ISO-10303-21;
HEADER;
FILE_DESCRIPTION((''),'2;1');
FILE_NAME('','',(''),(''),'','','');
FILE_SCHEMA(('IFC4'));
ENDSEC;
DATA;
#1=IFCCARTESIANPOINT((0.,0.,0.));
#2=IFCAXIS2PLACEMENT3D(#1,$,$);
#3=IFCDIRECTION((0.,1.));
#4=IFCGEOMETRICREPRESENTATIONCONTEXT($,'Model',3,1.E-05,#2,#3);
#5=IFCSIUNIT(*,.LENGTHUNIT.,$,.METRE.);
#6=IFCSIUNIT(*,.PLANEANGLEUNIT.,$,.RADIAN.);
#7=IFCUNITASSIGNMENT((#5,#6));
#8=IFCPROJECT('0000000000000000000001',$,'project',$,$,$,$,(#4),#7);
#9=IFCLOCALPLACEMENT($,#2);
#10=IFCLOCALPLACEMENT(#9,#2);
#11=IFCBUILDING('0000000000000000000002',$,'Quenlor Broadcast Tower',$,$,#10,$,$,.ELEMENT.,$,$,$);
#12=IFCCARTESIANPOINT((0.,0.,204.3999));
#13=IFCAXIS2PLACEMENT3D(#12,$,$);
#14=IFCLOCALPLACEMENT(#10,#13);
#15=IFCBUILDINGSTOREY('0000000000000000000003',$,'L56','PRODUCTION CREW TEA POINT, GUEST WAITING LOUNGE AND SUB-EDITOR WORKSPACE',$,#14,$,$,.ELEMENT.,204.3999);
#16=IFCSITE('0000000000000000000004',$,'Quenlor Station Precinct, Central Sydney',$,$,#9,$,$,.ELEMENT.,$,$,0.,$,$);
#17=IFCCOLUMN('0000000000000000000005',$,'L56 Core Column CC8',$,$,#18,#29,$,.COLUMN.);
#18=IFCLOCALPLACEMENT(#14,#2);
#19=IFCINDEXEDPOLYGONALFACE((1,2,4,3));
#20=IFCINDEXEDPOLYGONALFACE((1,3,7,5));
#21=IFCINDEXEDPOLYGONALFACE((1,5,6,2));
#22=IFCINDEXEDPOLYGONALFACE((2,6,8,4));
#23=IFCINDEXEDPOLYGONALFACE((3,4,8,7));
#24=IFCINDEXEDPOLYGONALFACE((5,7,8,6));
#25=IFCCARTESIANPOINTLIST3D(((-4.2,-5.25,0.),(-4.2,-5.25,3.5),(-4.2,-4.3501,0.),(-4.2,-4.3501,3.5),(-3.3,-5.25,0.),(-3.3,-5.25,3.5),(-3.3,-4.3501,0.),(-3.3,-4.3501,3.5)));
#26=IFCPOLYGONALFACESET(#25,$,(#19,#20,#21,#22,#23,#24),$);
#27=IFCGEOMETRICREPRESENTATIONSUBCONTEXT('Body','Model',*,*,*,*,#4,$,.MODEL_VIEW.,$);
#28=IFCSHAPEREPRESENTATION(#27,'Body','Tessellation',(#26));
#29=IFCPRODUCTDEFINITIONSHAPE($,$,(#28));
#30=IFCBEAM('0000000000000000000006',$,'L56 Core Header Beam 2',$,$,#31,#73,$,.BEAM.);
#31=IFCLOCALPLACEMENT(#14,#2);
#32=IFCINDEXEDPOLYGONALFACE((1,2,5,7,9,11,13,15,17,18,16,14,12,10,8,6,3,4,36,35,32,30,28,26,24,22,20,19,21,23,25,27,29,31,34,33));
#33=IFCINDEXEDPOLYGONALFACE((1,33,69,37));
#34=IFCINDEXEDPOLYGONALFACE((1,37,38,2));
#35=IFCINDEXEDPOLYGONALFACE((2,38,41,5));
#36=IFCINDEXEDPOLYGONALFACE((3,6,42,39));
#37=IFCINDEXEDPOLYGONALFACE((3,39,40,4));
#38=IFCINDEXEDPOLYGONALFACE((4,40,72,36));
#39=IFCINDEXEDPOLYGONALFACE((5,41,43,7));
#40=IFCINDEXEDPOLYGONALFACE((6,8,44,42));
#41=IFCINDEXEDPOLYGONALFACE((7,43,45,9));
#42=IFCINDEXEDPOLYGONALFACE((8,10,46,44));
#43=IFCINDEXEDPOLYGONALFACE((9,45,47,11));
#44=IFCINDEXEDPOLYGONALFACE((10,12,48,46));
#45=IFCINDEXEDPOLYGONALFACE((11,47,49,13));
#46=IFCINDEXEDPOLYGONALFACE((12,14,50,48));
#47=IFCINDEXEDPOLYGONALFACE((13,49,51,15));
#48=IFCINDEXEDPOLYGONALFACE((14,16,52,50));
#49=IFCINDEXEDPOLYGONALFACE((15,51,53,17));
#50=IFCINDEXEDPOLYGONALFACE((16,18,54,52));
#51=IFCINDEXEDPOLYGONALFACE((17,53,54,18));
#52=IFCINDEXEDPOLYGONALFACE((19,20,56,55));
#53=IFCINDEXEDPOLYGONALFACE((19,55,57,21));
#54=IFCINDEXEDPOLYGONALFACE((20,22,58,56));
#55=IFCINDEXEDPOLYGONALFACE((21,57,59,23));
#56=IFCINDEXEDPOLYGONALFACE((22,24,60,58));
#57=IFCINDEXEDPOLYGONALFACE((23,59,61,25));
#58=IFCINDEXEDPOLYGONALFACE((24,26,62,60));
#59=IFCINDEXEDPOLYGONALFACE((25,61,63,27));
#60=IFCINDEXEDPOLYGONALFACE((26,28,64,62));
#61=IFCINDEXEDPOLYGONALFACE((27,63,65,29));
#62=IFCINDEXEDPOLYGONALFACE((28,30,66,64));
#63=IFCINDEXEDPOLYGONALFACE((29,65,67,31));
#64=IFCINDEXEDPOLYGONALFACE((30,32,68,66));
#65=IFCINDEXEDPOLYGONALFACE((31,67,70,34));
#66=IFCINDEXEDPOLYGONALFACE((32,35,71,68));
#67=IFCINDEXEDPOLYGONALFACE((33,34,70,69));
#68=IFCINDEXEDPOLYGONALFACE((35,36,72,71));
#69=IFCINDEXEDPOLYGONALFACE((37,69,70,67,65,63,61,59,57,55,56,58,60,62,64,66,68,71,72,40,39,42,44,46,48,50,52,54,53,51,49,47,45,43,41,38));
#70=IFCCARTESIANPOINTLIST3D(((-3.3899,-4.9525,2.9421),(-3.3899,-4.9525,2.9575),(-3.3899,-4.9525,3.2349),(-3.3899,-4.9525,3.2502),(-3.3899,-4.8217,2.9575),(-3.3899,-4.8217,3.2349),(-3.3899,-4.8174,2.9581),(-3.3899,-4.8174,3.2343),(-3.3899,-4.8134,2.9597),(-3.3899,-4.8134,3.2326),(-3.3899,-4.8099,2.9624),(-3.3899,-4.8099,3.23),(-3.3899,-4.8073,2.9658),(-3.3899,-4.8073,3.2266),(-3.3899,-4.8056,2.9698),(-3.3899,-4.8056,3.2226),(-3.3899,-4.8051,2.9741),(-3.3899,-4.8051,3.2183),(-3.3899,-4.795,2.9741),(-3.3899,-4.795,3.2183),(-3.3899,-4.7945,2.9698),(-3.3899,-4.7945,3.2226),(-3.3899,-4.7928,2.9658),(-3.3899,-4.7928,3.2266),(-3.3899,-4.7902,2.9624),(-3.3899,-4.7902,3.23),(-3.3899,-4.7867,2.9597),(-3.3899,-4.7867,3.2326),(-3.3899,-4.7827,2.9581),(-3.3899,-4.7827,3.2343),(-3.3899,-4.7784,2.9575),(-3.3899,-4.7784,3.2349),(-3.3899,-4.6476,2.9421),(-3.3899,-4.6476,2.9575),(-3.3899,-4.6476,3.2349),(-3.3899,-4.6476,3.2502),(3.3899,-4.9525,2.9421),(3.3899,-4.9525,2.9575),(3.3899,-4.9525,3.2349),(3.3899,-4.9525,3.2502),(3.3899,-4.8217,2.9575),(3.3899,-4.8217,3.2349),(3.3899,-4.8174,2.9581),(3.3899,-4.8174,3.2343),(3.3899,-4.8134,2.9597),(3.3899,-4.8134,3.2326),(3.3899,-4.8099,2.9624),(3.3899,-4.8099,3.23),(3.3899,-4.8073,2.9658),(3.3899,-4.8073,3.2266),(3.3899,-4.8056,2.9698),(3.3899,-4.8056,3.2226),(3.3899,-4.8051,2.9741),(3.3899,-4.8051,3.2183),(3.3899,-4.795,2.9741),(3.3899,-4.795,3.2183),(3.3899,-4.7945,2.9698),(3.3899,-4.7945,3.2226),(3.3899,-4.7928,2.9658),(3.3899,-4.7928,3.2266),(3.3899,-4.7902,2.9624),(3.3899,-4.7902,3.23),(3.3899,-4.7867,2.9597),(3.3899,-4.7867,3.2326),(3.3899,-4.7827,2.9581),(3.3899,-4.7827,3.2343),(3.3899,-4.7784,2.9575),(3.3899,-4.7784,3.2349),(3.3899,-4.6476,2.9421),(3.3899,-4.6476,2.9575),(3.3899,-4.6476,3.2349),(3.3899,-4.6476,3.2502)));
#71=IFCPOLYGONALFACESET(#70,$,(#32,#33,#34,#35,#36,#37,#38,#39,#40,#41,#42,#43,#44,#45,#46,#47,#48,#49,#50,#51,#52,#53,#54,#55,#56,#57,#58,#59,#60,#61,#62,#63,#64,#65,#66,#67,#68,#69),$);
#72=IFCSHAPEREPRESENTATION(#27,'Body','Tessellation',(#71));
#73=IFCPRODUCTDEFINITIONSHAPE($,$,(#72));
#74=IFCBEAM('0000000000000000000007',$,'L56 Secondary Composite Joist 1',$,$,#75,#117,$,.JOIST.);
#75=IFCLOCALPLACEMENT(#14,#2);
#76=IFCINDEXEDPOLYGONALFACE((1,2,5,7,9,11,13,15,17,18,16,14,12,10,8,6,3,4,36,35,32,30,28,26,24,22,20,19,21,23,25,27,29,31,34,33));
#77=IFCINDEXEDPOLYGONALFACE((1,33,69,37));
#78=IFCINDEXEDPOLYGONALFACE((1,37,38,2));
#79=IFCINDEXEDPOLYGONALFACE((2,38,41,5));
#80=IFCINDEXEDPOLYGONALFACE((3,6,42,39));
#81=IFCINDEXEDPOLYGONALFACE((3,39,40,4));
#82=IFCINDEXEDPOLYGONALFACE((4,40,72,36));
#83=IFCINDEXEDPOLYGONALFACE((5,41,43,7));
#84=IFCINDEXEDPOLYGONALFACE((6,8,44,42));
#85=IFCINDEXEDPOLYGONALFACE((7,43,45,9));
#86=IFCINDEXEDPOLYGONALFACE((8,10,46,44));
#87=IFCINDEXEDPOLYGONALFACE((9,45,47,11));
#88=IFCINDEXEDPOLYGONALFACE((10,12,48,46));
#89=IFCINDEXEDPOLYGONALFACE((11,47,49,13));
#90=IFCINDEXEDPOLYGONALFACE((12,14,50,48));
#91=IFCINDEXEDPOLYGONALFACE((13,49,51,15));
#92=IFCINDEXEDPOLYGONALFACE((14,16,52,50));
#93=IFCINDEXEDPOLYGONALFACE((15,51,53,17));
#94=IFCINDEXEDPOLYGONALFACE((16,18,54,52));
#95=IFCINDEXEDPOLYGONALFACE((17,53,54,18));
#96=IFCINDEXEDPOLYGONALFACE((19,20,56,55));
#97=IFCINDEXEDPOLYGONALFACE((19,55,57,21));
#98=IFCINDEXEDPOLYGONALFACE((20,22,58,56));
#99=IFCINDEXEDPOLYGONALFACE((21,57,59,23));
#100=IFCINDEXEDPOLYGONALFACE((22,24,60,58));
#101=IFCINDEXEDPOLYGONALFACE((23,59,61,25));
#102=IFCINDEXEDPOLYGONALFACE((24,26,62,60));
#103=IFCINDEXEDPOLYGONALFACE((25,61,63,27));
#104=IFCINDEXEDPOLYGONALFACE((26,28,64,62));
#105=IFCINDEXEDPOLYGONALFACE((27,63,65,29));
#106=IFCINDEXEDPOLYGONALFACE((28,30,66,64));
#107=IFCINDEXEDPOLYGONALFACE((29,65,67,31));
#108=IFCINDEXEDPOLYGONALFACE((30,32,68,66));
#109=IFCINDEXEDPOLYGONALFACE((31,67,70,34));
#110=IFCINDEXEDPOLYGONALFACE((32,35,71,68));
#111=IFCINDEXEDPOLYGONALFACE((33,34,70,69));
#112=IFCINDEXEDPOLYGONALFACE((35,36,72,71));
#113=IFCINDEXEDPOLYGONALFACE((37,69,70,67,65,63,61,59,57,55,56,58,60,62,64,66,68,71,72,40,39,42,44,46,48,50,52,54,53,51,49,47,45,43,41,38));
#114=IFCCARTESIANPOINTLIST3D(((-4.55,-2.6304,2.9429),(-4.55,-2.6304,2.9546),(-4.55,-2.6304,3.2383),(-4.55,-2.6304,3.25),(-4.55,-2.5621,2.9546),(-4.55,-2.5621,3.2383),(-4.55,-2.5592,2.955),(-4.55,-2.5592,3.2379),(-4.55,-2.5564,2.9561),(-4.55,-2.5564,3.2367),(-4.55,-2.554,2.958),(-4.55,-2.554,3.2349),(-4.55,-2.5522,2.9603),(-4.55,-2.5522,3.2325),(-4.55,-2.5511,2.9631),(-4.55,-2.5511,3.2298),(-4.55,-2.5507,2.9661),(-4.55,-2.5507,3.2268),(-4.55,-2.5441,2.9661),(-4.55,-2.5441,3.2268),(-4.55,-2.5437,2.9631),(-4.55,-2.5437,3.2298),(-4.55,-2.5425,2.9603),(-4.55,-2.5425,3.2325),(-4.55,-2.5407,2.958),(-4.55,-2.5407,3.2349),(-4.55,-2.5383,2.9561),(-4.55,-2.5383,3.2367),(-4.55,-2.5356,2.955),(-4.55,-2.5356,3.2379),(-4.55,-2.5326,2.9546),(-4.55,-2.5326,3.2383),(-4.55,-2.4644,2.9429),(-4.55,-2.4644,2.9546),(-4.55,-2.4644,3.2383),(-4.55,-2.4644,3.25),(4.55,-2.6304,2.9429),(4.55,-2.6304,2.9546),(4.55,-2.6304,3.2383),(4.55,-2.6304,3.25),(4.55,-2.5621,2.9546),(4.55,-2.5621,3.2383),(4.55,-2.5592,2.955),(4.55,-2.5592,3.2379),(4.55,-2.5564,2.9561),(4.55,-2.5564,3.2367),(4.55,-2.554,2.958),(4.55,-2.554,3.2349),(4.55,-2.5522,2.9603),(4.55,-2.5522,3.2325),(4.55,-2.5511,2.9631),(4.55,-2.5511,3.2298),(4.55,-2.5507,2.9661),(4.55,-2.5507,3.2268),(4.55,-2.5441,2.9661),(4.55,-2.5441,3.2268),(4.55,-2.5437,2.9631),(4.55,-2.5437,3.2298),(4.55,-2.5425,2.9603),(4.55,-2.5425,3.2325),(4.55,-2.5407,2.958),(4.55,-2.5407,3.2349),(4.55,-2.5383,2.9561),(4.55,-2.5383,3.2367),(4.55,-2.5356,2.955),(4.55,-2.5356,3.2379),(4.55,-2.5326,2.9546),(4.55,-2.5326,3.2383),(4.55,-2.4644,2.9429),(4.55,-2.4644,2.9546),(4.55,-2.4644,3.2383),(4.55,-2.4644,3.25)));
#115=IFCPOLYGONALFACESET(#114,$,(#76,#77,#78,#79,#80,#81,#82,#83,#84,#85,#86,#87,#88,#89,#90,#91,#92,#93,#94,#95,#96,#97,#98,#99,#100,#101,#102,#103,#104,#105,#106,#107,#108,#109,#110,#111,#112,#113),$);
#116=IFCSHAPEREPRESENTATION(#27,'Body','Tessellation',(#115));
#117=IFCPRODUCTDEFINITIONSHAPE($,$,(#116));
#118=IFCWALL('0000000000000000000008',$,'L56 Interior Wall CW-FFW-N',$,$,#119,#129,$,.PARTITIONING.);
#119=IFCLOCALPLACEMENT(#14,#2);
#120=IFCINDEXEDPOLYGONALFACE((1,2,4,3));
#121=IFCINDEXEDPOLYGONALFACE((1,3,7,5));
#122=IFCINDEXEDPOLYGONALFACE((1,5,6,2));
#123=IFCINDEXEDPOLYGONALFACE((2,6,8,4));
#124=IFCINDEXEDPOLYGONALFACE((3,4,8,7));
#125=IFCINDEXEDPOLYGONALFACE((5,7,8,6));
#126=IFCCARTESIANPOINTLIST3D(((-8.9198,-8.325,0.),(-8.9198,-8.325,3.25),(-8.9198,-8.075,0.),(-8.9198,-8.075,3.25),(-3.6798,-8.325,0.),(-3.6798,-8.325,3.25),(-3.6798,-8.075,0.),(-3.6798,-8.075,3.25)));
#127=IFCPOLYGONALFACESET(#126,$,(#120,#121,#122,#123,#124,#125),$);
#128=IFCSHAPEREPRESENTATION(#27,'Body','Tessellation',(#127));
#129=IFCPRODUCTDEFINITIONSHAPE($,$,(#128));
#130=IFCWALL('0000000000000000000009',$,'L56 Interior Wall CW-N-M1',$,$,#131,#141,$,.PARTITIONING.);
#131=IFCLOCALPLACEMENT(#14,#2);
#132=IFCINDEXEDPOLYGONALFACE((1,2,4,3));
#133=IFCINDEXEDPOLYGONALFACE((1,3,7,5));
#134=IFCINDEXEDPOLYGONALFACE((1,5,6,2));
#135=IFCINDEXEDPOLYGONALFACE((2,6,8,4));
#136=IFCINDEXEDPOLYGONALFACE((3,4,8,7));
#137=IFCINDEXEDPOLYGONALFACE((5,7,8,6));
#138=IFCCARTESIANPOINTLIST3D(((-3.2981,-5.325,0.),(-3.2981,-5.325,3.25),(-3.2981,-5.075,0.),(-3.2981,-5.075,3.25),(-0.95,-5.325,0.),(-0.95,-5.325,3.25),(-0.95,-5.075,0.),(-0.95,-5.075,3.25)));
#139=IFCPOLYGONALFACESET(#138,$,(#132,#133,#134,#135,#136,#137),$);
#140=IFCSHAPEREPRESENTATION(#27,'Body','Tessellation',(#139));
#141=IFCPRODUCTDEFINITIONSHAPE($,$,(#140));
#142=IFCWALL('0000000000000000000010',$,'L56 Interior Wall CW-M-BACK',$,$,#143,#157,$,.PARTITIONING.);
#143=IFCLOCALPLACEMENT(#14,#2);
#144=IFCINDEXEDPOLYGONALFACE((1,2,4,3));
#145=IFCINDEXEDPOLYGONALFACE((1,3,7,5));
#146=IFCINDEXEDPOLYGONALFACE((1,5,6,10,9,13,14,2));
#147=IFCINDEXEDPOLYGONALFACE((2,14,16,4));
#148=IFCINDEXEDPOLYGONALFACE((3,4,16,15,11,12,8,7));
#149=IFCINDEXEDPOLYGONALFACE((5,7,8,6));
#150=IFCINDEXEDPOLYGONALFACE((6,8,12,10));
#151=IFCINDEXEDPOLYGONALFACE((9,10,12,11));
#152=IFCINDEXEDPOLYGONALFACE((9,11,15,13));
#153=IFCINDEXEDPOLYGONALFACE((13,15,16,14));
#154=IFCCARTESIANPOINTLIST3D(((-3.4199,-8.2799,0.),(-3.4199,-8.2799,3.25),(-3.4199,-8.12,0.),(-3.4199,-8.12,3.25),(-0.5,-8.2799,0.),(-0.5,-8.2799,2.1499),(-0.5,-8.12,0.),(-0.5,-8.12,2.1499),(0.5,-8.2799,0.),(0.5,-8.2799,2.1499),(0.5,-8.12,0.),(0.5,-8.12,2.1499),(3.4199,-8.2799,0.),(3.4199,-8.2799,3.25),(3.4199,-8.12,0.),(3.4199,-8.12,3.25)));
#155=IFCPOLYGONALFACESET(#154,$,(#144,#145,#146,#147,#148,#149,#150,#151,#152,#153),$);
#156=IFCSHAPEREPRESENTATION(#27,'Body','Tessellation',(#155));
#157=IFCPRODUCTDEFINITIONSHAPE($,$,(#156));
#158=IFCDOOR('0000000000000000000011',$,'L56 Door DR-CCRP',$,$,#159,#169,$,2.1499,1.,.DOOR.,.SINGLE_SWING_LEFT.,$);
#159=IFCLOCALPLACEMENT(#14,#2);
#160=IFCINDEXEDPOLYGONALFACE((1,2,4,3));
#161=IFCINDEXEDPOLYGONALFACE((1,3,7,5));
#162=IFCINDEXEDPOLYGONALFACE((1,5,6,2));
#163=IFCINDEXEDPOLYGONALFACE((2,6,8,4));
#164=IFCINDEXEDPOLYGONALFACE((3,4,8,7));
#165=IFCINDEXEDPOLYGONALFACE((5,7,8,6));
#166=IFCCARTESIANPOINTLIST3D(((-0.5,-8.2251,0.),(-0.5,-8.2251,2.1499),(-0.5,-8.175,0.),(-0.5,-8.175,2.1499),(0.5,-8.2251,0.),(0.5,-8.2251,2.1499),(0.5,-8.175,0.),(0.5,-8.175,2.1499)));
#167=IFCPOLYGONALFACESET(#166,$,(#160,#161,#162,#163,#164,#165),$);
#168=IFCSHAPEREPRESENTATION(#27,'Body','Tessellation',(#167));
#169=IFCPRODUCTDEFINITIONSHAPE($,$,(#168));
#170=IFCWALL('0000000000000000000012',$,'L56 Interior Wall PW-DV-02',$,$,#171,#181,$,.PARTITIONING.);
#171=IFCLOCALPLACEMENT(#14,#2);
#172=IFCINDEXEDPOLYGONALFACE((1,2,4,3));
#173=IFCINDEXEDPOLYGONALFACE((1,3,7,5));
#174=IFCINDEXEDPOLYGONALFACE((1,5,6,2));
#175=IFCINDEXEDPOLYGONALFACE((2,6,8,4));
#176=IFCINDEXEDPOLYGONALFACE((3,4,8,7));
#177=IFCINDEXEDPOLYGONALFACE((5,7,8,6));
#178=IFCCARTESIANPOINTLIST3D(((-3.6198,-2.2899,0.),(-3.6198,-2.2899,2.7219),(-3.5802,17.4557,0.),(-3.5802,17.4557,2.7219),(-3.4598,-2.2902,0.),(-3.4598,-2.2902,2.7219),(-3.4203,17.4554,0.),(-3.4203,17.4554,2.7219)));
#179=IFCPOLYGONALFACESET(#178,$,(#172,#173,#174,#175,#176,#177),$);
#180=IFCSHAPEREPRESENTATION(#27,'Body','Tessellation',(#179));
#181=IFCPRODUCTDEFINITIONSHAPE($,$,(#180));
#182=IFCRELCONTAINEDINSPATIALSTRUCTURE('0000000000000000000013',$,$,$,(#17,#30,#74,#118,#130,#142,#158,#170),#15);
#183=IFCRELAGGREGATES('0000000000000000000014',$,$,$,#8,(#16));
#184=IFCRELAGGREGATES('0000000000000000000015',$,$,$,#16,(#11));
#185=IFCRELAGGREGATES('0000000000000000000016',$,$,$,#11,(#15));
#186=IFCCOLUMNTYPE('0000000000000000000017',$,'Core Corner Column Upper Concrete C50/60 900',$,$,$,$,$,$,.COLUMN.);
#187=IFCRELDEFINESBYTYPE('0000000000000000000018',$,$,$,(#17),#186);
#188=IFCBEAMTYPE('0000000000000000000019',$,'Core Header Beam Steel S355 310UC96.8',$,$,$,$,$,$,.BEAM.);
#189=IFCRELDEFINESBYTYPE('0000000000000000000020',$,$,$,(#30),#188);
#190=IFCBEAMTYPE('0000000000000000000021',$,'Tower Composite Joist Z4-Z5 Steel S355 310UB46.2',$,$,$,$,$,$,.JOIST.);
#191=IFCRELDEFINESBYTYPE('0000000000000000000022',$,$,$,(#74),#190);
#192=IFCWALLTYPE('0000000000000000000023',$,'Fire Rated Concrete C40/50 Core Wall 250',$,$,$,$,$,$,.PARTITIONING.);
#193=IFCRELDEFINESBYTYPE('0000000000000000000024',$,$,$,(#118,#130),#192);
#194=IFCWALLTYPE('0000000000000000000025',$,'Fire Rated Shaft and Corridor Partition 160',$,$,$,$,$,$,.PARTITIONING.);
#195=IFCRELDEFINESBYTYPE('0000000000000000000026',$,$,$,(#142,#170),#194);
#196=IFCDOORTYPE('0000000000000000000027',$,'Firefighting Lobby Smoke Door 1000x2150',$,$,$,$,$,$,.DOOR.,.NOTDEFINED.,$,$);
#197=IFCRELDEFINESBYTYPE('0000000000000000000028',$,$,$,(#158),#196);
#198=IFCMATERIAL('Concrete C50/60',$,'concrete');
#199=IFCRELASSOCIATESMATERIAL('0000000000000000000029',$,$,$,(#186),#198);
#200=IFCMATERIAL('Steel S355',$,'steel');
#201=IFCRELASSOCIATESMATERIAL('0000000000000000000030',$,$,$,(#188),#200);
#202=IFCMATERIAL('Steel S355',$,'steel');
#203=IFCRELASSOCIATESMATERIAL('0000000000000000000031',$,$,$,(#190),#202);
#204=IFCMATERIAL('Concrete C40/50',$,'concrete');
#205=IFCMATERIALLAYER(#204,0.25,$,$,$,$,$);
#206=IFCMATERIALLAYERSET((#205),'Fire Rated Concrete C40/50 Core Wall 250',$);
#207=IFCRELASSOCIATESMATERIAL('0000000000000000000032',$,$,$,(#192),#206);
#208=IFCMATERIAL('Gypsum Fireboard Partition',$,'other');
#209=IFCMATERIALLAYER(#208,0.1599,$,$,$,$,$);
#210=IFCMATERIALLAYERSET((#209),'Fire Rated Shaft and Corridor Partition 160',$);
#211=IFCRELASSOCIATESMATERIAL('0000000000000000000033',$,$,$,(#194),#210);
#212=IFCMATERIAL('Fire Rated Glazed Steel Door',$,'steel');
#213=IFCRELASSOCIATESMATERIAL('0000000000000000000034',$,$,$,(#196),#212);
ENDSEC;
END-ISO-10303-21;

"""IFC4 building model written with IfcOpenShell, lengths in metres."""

from ifc_helpers import new_model, si_unit, direction, frame, frame_2d, origin, origin_2d, place, context, subcontext, project, spatial, rectangle, i_section, extrude, material, layer, layer_set, material_profile, profile_set, type_object, element, fill, save


model = new_model("IFC4")

# Units and contexts
model_context = context("Model", 3, precision=1e-05, world=origin(), true_north=direction((0.0, 1.0)))
body_context = subcontext(model_context, "Body", "Model", "MODEL_VIEW")
ifc_project = project(units=[si_unit("LENGTHUNIT", "METRE"), si_unit("PLANEANGLEUNIT", "RADIAN")], contexts=[model_context])

# Site, building, storey
site_placement = place(None, origin())
site = spatial("IfcSite", under=ifc_project, at=site_placement, Name="Quenlor Station Precinct, Central Sydney", CompositionType="ELEMENT", RefElevation=0.0)
building_placement = place(site_placement, origin())
building = spatial("IfcBuilding", under=site, at=building_placement, Name="Quenlor Broadcast Tower", CompositionType="ELEMENT")
storey_placement = place(building_placement, frame((0.0, 0.0, 204.3999)))
storey = spatial("IfcBuildingStorey", under=building, at=storey_placement, Name="L56", Description="PRODUCTION CREW TEA POINT, GUEST WAITING LOUNGE AND SUB-EDITOR WORKSPACE", CompositionType="ELEMENT", Elevation=204.3999)

# Column
ifc_material_1 = material(Name="Concrete C50/60", Category="concrete")
ifc_material_profile_1 = material_profile(ifc_material_1, rectangle(XDim=0.8999, YDim=0.8999, at=origin_2d()))
ifc_profile_set_1 = profile_set([ifc_material_profile_1], Name="Concrete C50/60 RC900x900")
column_type = type_object("IfcColumnType", Name="Core Corner Column Upper Concrete C50/60 900", PredefinedType="COLUMN", material=ifc_profile_set_1)
column_placement = place(storey_placement, frame((-3.75, -4.8, 0.0), z_axis=(0.0, 0.0, 1.0), x_axis=(1.0, 0.0, 0.0)))
element("IfcColumn", 1, at=column_placement, inside=storey, type_object=column_type, Name="L56 Core Column CC8", PredefinedType="COLUMN", context=body_context, shape_type="SweptSolid", body=[
    extrude(rectangle(XDim=0.8999, YDim=0.8999, at=origin_2d()), origin(), (0.0, 0.0, 1.0), 3.5),
])

# Beams
ifc_material_2 = material(Name="Steel S355", Category="steel")
ifc_material_profile_2 = material_profile(ifc_material_2, i_section(OverallWidth=0.3049, OverallDepth=0.3081, WebThickness=0.01, FlangeThickness=0.0154, FilletRadius=0.0166, at=origin_2d()))
ifc_profile_set_2 = profile_set([ifc_material_profile_2], Name="Steel S355 310UC96.8")
beam_type_1 = type_object("IfcBeamType", Name="Core Header Beam Steel S355 310UC96.8", PredefinedType="BEAM", material=ifc_profile_set_2)
beam_1_placement = place(storey_placement, frame((-3.3899, -4.8, 3.0962), z_axis=(1.0, 0.0, 0.0), x_axis=(0.0, 1.0, 0.0)))
element("IfcBeam", 2, at=beam_1_placement, inside=storey, type_object=beam_type_1, Name="L56 Core Header Beam 2", PredefinedType="BEAM", context=body_context, shape_type="SweptSolid", body=[
    extrude(i_section(OverallWidth=0.3049, OverallDepth=0.3081, WebThickness=0.01, FlangeThickness=0.0154, FilletRadius=0.0166, at=origin_2d()), origin(), (0.0, 0.0, 1.0), 6.7798),
])
ifc_material_3 = material(Name="Steel S355", Category="steel")
ifc_material_profile_3 = material_profile(ifc_material_3, i_section(OverallWidth=0.166, OverallDepth=0.3071, WebThickness=0.0066, FlangeThickness=0.0117, FilletRadius=0.0115, at=origin_2d()))
ifc_profile_set_3 = profile_set([ifc_material_profile_3], Name="Steel S355 310UB46.2")
beam_type_2 = type_object("IfcBeamType", Name="Tower Composite Joist Z4-Z5 Steel S355 310UB46.2", PredefinedType="JOIST", material=ifc_profile_set_3)
beam_2_placement = place(storey_placement, frame((-4.55, -2.5474, 3.0964), z_axis=(1.0, 0.0, 0.0), x_axis=(0.0, 1.0, 0.0)))
element("IfcBeam", 3, at=beam_2_placement, inside=storey, type_object=beam_type_2, Name="L56 Secondary Composite Joist 1", PredefinedType="JOIST", context=body_context, shape_type="SweptSolid", body=[
    extrude(i_section(OverallWidth=0.166, OverallDepth=0.3071, WebThickness=0.0066, FlangeThickness=0.0117, FilletRadius=0.0115, at=origin_2d()), origin(), (0.0, 0.0, 1.0), 9.1001),
])

# Shared definitions
ifc_material_4 = material(Name="Concrete C40/50", Category="concrete")
ifc_layer_1 = layer(ifc_material_4, 0.25)
ifc_layer_set_1 = layer_set([ifc_layer_1], Name="Fire Rated Concrete C40/50 Core Wall 250")
wall_type_1 = type_object("IfcWallType", Name="Fire Rated Concrete C40/50 Core Wall 250", PredefinedType="PARTITIONING", material=ifc_layer_set_1)

# Walls
wall_1_placement = place(storey_placement, frame((-8.9199, -8.2, 0.0), z_axis=(0.0, 0.0, 1.0), x_axis=(1.0, 0.0, 0.0)))
element("IfcWall", 4, at=wall_1_placement, inside=storey, type_object=wall_type_1, Name="L56 Interior Wall CW-FFW-N", PredefinedType="PARTITIONING", context=body_context, shape_type="SweptSolid", body=[
    extrude(rectangle(XDim=5.24, YDim=0.25, at=frame_2d((2.6201, 0.0))), origin(), (0.0, 0.0, 1.0), 3.25),
])
wall_2_placement = place(storey_placement, frame((-3.2981, -5.2, 0.0), z_axis=(0.0, 0.0, 1.0), x_axis=(1.0, 0.0, 0.0)))
element("IfcWall", 5, at=wall_2_placement, inside=storey, type_object=wall_type_1, Name="L56 Interior Wall CW-N-M1", PredefinedType="PARTITIONING", context=body_context, shape_type="SweptSolid", body=[
    extrude(rectangle(XDim=2.3481, YDim=0.25, at=frame_2d((1.1741, 0.0))), origin(), (0.0, 0.0, 1.0), 3.25),
])

# Wall, opening, door
ifc_material_5 = material(Name="Gypsum Fireboard Partition", Category="other")
ifc_layer_2 = layer(ifc_material_5, 0.1599)
ifc_layer_set_2 = layer_set([ifc_layer_2], Name="Fire Rated Shaft and Corridor Partition 160")
wall_type_2 = type_object("IfcWallType", Name="Fire Rated Shaft and Corridor Partition 160", PredefinedType="PARTITIONING", material=ifc_layer_set_2)
wall_3_placement = place(storey_placement, frame((-3.4199, -8.2, 0.0), z_axis=(0.0, 0.0, 1.0), x_axis=(1.0, 0.0, 0.0)))
wall_3 = element("IfcWall", 6, at=wall_3_placement, inside=storey, type_object=wall_type_2, Name="L56 Interior Wall CW-M-BACK", PredefinedType="PARTITIONING", context=body_context, shape_type="SweptSolid", body=[
    extrude(rectangle(XDim=6.8398, YDim=0.1599, at=frame_2d((3.4199, 0.0))), origin(), (0.0, 0.0, 1.0), 3.25),
])
opening_1_placement = place(wall_3_placement, frame((2.9199, 0.0, 0.0)))
opening_1 = element("IfcOpeningElement", 7, at=opening_1_placement, cuts=wall_3, PredefinedType="OPENING", context=body_context, shape_type="SweptSolid", body=[
    extrude(rectangle(XDim=1.0, YDim=2.1499, at=frame_2d((0.5, 1.075))), frame((0.0, 0.0898, 0.0), z_axis=(0.0, -1.0, 0.0), x_axis=(1.0, 0.0, 0.0)), (0.0, 0.0, 1.0), 0.1799),
])
ifc_material_6 = material(Name="Fire Rated Glazed Steel Door", Category="steel")
door_type_1 = type_object("IfcDoorType", Name="Firefighting Lobby Smoke Door 1000x2150", OperationType="NOTDEFINED", PredefinedType="DOOR", material=ifc_material_6)
door_1_placement = place(opening_1_placement, origin())
door_1 = element("IfcDoor", 8, at=door_1_placement, inside=storey, type_object=door_type_1, Name="L56 Door DR-CCRP", OperationType="SINGLE_SWING_LEFT", OverallHeight=2.1499, OverallWidth=1.0, PredefinedType="DOOR", context=body_context, shape_type="SweptSolid", body=[
    extrude(rectangle(XDim=1.0, YDim=2.1499, at=frame_2d((0.5, 1.075))), frame((0.0, 0.0249, 0.0), z_axis=(0.0, -1.0, 0.0), x_axis=(1.0, 0.0, 0.0)), (0.0, 0.0, 1.0), 0.05),
])
fill(opening_1, door_1)

# Wall
wall_4_placement = place(storey_placement, frame((-3.5398, -2.29, 0.0), z_axis=(0.0, 0.0, 1.0), x_axis=(0.002003, 0.999998, 0.0)))
element("IfcWall", 9, at=wall_4_placement, inside=storey, type_object=wall_type_2, Name="L56 Interior Wall PW-DV-02", PredefinedType="PARTITIONING", context=body_context, shape_type="SweptSolid", body=[
    extrude(rectangle(XDim=19.7456, YDim=0.1599, at=frame_2d((9.8728, 0.0))), origin(), (0.0, 0.0, 1.0), 2.7219),
])

save(model, "model.ifc")
